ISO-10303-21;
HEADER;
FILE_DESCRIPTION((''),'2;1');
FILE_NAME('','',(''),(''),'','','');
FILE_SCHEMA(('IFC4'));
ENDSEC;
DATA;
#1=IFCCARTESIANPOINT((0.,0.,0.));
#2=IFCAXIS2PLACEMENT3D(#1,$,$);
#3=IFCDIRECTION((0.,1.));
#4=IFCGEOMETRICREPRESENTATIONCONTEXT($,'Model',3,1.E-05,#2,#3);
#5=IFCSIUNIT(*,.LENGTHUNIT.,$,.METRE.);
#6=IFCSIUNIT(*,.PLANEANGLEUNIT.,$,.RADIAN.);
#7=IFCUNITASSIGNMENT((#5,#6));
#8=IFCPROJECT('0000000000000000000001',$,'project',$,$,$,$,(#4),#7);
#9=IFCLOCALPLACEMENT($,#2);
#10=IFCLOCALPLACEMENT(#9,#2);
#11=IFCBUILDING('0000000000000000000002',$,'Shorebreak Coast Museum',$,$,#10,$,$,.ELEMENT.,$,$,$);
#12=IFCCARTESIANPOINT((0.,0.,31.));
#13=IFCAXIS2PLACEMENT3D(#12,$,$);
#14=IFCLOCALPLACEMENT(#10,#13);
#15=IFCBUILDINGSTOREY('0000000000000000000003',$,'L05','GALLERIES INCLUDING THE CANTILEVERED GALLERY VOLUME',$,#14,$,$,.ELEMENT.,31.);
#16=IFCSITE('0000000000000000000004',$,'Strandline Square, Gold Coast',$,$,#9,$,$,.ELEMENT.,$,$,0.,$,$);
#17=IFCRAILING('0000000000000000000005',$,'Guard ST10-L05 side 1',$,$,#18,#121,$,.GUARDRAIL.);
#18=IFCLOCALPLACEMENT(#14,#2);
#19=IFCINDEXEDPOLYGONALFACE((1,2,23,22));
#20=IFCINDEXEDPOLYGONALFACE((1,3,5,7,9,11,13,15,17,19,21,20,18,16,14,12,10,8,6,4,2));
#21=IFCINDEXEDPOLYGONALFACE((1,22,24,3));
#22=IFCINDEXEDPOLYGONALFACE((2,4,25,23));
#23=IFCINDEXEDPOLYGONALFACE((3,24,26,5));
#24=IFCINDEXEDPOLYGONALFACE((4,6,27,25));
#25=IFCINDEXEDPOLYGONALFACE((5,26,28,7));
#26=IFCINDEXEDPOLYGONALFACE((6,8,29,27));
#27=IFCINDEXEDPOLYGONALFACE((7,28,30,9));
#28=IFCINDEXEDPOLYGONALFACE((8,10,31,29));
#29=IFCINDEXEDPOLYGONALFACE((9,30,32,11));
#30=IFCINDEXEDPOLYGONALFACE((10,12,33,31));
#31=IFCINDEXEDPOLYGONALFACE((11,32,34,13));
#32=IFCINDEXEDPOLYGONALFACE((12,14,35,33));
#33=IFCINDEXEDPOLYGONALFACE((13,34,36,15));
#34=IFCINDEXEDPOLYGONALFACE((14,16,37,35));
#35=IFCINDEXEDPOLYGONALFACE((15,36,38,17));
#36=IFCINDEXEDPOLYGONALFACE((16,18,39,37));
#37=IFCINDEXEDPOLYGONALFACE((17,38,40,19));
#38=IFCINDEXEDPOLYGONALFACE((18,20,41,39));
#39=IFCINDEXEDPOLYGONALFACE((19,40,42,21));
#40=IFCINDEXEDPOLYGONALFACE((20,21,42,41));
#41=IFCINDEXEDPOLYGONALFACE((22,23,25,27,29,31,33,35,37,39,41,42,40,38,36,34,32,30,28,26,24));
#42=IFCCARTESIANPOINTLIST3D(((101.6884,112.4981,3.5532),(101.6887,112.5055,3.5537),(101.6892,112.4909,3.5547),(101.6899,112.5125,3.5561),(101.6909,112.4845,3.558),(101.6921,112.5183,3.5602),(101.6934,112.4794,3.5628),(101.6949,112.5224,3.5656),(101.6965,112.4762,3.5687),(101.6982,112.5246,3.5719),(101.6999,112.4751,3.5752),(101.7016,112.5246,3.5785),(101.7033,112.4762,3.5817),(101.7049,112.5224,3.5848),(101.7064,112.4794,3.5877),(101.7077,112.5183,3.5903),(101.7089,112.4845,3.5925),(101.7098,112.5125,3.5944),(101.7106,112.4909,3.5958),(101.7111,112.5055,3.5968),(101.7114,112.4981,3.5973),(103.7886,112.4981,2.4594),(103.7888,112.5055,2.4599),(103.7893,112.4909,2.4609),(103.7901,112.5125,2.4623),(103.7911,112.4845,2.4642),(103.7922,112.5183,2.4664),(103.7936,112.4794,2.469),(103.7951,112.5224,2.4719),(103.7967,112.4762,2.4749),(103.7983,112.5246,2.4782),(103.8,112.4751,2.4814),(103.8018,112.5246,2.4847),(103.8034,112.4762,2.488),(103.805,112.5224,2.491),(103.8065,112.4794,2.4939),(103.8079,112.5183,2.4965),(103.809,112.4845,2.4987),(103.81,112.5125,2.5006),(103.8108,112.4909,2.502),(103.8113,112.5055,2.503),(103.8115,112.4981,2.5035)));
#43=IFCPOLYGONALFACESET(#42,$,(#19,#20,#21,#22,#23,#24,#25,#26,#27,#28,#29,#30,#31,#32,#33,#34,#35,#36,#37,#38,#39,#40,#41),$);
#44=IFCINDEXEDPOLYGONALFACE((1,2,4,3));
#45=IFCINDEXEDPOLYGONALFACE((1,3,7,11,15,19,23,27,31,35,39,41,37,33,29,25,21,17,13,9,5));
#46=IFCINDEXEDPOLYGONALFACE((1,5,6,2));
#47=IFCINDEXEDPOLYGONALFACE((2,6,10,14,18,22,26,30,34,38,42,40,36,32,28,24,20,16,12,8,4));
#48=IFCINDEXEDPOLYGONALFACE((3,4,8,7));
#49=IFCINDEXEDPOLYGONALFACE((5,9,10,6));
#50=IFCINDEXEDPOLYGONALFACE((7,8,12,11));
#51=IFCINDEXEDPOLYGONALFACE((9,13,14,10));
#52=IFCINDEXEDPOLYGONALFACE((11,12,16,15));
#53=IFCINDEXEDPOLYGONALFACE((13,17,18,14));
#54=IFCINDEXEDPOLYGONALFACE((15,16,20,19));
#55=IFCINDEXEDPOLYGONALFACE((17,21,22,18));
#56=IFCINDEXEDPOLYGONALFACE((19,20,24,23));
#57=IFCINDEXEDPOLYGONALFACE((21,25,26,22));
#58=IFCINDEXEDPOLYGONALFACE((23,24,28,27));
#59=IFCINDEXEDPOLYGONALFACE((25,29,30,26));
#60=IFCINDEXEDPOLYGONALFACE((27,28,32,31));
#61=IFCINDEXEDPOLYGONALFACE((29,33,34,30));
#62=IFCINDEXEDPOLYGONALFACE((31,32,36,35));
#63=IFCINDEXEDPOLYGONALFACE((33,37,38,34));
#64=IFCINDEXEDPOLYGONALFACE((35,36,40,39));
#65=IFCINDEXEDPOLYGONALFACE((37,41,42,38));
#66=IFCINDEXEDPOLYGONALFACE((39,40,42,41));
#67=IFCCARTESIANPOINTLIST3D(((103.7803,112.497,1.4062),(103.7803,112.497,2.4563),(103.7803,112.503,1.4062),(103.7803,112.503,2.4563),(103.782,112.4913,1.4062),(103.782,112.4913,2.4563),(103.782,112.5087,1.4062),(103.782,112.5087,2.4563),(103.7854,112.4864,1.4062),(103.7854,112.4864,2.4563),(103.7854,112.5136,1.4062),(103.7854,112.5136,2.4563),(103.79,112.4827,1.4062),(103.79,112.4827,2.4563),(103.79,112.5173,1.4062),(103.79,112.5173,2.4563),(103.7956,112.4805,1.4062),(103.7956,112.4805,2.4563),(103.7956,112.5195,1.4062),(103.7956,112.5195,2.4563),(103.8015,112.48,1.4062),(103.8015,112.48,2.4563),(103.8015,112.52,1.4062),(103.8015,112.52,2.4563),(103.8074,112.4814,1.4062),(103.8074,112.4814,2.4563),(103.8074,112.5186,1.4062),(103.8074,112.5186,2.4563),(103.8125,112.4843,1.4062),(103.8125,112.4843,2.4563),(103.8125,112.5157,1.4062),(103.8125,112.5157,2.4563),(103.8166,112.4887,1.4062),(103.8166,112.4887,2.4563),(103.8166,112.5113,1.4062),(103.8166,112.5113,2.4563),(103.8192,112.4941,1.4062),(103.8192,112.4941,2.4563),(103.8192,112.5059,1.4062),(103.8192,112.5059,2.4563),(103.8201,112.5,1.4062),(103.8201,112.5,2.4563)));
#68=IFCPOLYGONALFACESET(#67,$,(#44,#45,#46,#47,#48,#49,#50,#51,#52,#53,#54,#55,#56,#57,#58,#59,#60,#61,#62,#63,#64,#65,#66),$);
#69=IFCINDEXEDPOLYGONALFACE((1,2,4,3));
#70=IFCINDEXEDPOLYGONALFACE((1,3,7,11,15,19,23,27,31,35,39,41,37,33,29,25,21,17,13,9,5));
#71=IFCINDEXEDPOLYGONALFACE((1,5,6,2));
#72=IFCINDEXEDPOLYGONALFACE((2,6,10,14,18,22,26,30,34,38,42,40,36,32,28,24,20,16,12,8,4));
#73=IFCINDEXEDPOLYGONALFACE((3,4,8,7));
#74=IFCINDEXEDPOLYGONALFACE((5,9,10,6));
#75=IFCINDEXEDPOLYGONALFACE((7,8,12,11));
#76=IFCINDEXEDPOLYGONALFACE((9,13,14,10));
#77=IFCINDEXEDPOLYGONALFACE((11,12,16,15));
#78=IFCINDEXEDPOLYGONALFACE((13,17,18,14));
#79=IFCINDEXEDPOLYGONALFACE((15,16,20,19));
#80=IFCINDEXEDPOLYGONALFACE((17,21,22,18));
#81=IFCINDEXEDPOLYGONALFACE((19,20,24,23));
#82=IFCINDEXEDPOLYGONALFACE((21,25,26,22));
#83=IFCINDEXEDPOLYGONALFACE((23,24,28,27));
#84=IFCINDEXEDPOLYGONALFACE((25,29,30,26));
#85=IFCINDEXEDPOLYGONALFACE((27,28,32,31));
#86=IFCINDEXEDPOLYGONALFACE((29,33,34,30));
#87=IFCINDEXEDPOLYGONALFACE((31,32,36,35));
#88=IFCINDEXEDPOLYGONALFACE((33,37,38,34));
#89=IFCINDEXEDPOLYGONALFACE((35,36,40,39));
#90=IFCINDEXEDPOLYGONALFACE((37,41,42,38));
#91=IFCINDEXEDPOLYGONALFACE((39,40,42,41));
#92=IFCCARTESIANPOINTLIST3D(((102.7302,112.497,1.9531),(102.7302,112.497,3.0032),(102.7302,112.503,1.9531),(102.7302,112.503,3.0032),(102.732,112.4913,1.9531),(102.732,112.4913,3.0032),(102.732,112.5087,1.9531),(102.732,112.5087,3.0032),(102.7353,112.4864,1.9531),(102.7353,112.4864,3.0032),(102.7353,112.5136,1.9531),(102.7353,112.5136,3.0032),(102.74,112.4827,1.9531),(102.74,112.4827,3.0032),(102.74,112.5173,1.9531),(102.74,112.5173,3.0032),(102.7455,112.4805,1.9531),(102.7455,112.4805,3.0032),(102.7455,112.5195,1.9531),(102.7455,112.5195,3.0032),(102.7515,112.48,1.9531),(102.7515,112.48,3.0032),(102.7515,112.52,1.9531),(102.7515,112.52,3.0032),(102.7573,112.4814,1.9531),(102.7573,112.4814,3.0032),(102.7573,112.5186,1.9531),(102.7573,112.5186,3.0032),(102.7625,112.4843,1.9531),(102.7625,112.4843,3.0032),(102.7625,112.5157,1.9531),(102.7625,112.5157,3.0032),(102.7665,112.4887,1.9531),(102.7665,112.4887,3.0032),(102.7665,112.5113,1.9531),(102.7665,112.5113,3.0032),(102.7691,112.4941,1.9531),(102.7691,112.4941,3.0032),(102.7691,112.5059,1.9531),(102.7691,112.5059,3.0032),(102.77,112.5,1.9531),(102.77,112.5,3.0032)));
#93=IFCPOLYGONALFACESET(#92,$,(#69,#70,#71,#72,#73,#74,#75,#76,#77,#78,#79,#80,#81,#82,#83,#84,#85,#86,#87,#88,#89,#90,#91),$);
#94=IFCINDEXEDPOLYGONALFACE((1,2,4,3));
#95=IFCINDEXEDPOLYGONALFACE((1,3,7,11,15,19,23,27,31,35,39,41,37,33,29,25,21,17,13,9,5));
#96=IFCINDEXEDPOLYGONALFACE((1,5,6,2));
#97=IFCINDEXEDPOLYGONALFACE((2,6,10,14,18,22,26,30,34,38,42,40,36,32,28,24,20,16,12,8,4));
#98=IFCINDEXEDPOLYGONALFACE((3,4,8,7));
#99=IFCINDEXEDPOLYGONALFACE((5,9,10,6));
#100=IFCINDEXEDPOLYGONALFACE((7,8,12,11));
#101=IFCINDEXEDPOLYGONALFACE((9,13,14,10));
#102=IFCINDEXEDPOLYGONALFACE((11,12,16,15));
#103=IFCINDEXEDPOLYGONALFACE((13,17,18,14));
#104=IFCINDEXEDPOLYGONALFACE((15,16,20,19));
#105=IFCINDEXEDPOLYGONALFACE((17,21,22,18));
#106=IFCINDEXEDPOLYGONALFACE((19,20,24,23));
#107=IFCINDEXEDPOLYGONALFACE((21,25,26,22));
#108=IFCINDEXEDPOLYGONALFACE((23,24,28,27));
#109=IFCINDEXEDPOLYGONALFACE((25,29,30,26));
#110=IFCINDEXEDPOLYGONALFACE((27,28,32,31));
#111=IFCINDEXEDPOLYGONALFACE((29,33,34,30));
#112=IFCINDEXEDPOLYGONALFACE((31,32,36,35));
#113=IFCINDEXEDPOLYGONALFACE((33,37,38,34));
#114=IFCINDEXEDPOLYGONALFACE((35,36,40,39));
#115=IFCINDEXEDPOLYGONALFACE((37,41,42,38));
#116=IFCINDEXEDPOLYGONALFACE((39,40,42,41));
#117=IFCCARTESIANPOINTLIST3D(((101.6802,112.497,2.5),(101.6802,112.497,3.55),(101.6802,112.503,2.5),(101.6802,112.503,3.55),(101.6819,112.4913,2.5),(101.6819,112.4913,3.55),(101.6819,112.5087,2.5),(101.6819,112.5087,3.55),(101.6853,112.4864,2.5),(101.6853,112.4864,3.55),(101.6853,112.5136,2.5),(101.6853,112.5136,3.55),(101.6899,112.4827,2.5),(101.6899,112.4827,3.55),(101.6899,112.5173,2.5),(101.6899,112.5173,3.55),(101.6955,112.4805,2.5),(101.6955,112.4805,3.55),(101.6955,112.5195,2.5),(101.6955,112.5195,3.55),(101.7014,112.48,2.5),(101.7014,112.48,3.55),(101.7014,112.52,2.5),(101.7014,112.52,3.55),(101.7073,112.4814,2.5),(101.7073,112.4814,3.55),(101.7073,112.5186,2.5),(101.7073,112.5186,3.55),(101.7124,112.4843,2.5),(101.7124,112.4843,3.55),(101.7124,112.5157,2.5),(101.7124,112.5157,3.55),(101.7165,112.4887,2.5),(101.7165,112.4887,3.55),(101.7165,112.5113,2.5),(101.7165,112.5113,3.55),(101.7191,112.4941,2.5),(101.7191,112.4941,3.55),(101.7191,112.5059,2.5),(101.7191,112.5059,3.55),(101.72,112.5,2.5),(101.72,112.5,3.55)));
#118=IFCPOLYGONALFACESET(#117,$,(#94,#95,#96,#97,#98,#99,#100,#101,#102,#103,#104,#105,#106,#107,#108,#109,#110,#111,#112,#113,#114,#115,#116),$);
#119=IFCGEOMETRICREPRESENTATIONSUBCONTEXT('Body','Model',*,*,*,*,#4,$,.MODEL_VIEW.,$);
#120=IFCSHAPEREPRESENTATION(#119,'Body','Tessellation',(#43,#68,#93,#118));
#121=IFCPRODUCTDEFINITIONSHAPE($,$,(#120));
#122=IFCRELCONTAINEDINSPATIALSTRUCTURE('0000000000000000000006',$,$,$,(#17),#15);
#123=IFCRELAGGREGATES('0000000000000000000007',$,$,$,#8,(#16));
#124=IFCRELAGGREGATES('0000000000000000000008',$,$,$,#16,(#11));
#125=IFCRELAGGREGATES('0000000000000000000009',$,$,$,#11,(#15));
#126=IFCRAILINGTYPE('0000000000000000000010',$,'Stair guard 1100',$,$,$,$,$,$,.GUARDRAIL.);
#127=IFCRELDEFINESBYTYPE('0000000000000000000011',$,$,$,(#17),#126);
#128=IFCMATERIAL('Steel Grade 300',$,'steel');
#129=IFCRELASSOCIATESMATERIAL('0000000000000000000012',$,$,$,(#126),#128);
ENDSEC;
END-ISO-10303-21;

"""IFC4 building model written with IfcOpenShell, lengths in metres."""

from ifc_helpers import new_model, si_unit, direction, frame, origin, origin_2d, place, context, subcontext, project, spatial, circle, extrude, material, type_object, element, save


model = new_model("IFC4")

# Units and contexts
model_context = context("Model", 3, precision=1e-05, world=origin(), true_north=direction((0.0, 1.0)))
body_context = subcontext(model_context, "Body", "Model", "MODEL_VIEW")
ifc_project = project(units=[si_unit("LENGTHUNIT", "METRE"), si_unit("PLANEANGLEUNIT", "RADIAN")], contexts=[model_context])

# Site, building, storey
site_placement = place(None, origin())
site = spatial("IfcSite", under=ifc_project, at=site_placement, Name="Strandline Square, Gold Coast", CompositionType="ELEMENT", RefElevation=0.0)
building_placement = place(site_placement, origin())
building = spatial("IfcBuilding", under=site, at=building_placement, Name="Shorebreak Coast Museum", CompositionType="ELEMENT")
storey_placement = place(building_placement, frame((0.0, 0.0, 31.0)))
storey = spatial("IfcBuildingStorey", under=building, at=storey_placement, Name="L05", Description="GALLERIES INCLUDING THE CANTILEVERED GALLERY VOLUME", CompositionType="ELEMENT", Elevation=31.0)

# Railing
ifc_material_1 = material(Name="Steel Grade 300", Category="steel")
railing_type_1 = type_object("IfcRailingType", Name="Stair guard 1100", PredefinedType="GUARDRAIL", material=ifc_material_1)
for number, where, name in (
    (1, (103.8, 112.5, 1.4062), "Guard ST10-L05 side 1"),
):
    element("IfcRailing", number, at=place(storey_placement, frame(where)), inside=storey, type_object=railing_type_1, Name=name, PredefinedType="GUARDRAIL", context=body_context, shape_type="SweptSolid", body=[
        extrude(circle(Radius=0.0249, at=origin_2d()), frame((0.0, 0.0, 1.0752), z_axis=(-0.886923, 0.0, 0.461918), x_axis=(0.0, -1.0, 0.0)), (0.0, 0.0, 1.0), 2.3679),
        extrude(circle(Radius=0.02, at=origin_2d()), origin(), (0.0, 0.0, 1.0), 1.05),
        extrude(circle(Radius=0.02, at=origin_2d()), frame((-1.05, 0.0, 0.5469)), (0.0, 0.0, 1.0), 1.05),
        extrude(circle(Radius=0.02, at=origin_2d()), frame((-2.1001, 0.0, 1.0938)), (0.0, 0.0, 1.0), 1.05),
    ])

save(model, "model.ifc")
